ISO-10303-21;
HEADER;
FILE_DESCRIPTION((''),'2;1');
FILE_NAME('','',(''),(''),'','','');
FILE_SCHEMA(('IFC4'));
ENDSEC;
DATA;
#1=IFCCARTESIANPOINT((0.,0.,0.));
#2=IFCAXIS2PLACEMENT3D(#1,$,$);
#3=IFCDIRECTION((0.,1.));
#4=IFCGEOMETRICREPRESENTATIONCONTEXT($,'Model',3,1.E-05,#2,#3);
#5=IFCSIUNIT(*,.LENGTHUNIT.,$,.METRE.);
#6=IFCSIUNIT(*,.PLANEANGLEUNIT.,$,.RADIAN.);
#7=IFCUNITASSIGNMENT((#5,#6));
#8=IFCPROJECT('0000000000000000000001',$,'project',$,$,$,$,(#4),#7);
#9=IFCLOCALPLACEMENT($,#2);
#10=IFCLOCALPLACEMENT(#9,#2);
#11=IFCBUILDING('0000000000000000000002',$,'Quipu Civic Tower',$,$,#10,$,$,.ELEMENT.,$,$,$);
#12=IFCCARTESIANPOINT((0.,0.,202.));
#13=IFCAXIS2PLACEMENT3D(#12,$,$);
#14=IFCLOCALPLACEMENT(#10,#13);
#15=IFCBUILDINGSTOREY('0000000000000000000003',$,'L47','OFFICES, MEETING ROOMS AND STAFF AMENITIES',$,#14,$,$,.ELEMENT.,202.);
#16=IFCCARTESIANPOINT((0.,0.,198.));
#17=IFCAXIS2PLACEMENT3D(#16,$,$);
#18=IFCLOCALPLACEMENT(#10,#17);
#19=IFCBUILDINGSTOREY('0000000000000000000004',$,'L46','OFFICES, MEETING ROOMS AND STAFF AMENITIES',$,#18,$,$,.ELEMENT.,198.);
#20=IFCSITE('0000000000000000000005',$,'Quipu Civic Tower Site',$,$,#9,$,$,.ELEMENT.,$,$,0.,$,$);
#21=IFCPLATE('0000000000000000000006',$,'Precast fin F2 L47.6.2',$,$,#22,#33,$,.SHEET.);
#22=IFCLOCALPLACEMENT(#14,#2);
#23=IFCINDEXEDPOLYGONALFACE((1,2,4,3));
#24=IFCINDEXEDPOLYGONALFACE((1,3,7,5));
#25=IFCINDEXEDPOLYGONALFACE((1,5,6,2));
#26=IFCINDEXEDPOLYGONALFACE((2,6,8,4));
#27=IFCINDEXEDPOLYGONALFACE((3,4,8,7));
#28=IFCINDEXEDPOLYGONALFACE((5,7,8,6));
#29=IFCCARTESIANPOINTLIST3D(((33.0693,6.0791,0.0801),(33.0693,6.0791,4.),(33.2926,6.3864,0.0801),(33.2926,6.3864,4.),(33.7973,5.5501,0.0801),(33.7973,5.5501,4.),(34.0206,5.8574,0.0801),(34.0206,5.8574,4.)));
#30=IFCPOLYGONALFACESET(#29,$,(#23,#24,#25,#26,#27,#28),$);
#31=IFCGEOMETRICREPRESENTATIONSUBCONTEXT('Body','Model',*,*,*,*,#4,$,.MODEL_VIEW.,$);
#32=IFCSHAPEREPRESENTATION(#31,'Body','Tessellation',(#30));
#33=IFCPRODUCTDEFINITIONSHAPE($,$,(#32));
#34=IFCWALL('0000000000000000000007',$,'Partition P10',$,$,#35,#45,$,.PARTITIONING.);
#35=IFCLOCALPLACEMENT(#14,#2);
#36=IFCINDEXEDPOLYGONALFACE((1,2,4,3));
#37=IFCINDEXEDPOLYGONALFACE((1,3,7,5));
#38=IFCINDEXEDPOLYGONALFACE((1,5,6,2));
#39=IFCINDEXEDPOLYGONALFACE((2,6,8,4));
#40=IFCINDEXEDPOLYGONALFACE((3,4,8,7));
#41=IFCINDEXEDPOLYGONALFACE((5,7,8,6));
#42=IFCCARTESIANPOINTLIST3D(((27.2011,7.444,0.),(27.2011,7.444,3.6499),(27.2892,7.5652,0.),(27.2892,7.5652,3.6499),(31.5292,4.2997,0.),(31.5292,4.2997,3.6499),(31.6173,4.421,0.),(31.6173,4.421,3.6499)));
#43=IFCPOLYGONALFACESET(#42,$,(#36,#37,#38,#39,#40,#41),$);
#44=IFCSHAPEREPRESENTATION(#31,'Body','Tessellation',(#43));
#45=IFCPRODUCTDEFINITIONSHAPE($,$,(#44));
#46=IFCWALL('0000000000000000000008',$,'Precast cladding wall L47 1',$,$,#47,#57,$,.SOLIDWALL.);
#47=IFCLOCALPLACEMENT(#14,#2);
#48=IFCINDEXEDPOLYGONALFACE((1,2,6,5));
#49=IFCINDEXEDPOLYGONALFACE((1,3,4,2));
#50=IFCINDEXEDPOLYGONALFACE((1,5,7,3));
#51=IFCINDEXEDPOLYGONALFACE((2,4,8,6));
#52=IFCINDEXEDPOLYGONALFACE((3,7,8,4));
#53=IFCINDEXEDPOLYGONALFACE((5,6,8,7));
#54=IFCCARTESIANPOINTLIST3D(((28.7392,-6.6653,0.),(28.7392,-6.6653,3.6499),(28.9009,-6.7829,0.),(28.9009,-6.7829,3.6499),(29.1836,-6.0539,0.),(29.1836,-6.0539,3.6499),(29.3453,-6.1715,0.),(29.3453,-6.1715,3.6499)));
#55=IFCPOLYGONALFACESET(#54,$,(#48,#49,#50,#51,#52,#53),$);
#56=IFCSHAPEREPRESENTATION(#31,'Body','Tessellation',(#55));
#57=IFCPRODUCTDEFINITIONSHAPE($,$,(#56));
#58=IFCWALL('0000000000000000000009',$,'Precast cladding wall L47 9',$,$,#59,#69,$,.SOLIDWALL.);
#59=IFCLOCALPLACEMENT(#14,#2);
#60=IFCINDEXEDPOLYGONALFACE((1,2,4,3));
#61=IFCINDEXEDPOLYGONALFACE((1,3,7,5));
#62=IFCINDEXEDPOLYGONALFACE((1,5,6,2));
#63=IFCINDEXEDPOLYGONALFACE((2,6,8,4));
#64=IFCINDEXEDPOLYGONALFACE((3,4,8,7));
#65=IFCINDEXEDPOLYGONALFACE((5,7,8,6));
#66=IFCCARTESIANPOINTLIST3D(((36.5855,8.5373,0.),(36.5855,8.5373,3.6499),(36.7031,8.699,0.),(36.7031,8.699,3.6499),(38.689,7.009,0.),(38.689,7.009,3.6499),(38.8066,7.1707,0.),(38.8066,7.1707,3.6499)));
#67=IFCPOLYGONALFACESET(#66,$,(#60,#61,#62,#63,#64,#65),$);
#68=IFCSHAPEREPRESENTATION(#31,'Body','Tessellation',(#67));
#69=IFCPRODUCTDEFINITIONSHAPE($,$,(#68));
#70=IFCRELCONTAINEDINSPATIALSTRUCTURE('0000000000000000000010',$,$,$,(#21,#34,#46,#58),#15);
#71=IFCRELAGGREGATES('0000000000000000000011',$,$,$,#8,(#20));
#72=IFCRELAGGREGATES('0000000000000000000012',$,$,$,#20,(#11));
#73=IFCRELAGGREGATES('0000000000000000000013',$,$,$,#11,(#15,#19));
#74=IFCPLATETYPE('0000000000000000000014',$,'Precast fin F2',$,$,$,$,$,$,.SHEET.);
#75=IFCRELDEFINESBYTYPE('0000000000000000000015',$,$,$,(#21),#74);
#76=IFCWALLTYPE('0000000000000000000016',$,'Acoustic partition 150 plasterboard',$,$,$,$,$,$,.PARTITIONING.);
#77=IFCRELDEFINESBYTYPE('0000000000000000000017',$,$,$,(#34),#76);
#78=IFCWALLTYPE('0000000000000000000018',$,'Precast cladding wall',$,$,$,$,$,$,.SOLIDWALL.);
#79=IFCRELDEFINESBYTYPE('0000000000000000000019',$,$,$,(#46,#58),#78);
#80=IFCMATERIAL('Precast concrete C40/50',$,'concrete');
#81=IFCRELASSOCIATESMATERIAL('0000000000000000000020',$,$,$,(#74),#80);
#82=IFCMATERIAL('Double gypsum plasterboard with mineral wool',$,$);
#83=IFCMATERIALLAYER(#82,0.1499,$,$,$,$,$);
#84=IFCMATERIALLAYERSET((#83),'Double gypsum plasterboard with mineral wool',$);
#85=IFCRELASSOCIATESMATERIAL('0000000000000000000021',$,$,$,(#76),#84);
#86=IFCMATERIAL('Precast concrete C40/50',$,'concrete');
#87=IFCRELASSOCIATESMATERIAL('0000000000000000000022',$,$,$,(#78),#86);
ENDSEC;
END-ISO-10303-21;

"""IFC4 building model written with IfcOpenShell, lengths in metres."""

from ifc_helpers import new_model, si_unit, direction, frame, frame_2d, origin, origin_2d, place, context, subcontext, project, spatial, rectangle, extrude, material, layer, layer_set, type_object, element, save


model = new_model("IFC4")

# Units and contexts
model_context = context("Model", 3, precision=1e-05, world=origin(), true_north=direction((0.0, 1.0)))
body_context = subcontext(model_context, "Body", "Model", "MODEL_VIEW")
ifc_project = project(units=[si_unit("LENGTHUNIT", "METRE"), si_unit("PLANEANGLEUNIT", "RADIAN")], contexts=[model_context])

# Site, building, storey
site_placement = place(None, origin())
site = spatial("IfcSite", under=ifc_project, at=site_placement, Name="Quipu Civic Tower Site", CompositionType="ELEMENT", RefElevation=0.0)
building_placement = place(site_placement, origin())
building = spatial("IfcBuilding", under=site, at=building_placement, Name="Quipu Civic Tower", CompositionType="ELEMENT")
storey_1_placement = place(building_placement, frame((0.0, 0.0, 202.0)))
storey_1 = spatial("IfcBuildingStorey", under=building, at=storey_1_placement, Name="L47", Description="OFFICES, MEETING ROOMS AND STAFF AMENITIES", CompositionType="ELEMENT", Elevation=202.0)

# Shared definitions
storey_2_placement = place(building_placement, frame((0.0, 0.0, 198.0)))
storey_2 = spatial("IfcBuildingStorey", under=building, at=storey_2_placement, Name="L46", Description="OFFICES, MEETING ROOMS AND STAFF AMENITIES", CompositionType="ELEMENT", Elevation=198.0)

# Plate
ifc_material_1 = material(Name="Precast concrete C40/50", Category="concrete")
plate_type_1 = type_object("IfcPlateType", Name="Precast fin F2", PredefinedType="SHEET", material=ifc_material_1)
for number, where, z_axis, x_axis, name in (
    (1, (33.5449, 5.9683, 0.0801), (0.0, 0.0, 1.0), (0.587791, 0.809013, 0.0), "Precast fin F2 L47.6.2"),
):
    element("IfcPlate", number, at=place(storey_1_placement, frame(where, z_axis=z_axis, x_axis=x_axis)), inside=storey_1, type_object=plate_type_1, Name=name, PredefinedType="SHEET", context=body_context, shape_type="SweptSolid", body=[
        extrude(rectangle(XDim=0.3799, YDim=0.8999, at=origin_2d()), origin(), (0.0, 0.0, 1.0), 3.9199),
    ])

# Walls
ifc_material_2 = material(Name="Double gypsum plasterboard with mineral wool")
ifc_layer_1 = layer(ifc_material_2, 0.1499)
ifc_layer_set_1 = layer_set([ifc_layer_1], Name="Double gypsum plasterboard with mineral wool")
wall_type_1 = type_object("IfcWallType", Name="Acoustic partition 150 plasterboard", PredefinedType="PARTITIONING", material=ifc_layer_set_1)
wall_1_placement = place(storey_1_placement, frame((31.5732, 4.3604, 0.0), z_axis=(0.0, 0.0, 1.0), x_axis=(-0.809042, 0.587751, 0.0)))
element("IfcWall", 2, at=wall_1_placement, inside=storey_1, type_object=wall_type_1, Name="Partition P10", PredefinedType="PARTITIONING", context=body_context, shape_type="SweptSolid", body=[
    extrude(rectangle(XDim=5.3496, YDim=0.1499, at=frame_2d((2.6748, 0.0))), origin(), (0.0, 0.0, 1.0), 3.6499),
])
ifc_material_3 = material(Name="Precast concrete C40/50", Category="concrete")
wall_type_2 = type_object("IfcWallType", Name="Precast cladding wall", PredefinedType="SOLIDWALL", material=ifc_material_3)
wall_2_placement = place(storey_1_placement, frame((28.8201, -6.7241, 0.0), z_axis=(0.0, 0.0, 1.0), x_axis=(0.587941, 0.808904, 0.0)))
element("IfcWall", 3, at=wall_2_placement, inside=storey_1, type_object=wall_type_2, Name="Precast cladding wall L47 1", PredefinedType="SOLIDWALL", context=body_context, shape_type="SweptSolid", body=[
    extrude(rectangle(XDim=0.7559, YDim=0.2, at=frame_2d((0.3779, 0.0))), origin(), (0.0, 0.0, 1.0), 3.6499),
])
wall_3_placement = place(storey_1_placement, frame((38.7478, 7.0898, 0.0), z_axis=(0.0, 0.0, 1.0), x_axis=(-0.809012, 0.587792, 0.0)))
element("IfcWall", 4, at=wall_3_placement, inside=storey_1, type_object=wall_type_2, Name="Precast cladding wall L47 9", PredefinedType="SOLIDWALL", context=body_context, shape_type="SweptSolid", body=[
    extrude(rectangle(XDim=2.6001, YDim=0.2, at=frame_2d((1.3, 0.0))), origin(), (0.0, 0.0, 1.0), 3.6499),
])

save(model, "model.ifc")
